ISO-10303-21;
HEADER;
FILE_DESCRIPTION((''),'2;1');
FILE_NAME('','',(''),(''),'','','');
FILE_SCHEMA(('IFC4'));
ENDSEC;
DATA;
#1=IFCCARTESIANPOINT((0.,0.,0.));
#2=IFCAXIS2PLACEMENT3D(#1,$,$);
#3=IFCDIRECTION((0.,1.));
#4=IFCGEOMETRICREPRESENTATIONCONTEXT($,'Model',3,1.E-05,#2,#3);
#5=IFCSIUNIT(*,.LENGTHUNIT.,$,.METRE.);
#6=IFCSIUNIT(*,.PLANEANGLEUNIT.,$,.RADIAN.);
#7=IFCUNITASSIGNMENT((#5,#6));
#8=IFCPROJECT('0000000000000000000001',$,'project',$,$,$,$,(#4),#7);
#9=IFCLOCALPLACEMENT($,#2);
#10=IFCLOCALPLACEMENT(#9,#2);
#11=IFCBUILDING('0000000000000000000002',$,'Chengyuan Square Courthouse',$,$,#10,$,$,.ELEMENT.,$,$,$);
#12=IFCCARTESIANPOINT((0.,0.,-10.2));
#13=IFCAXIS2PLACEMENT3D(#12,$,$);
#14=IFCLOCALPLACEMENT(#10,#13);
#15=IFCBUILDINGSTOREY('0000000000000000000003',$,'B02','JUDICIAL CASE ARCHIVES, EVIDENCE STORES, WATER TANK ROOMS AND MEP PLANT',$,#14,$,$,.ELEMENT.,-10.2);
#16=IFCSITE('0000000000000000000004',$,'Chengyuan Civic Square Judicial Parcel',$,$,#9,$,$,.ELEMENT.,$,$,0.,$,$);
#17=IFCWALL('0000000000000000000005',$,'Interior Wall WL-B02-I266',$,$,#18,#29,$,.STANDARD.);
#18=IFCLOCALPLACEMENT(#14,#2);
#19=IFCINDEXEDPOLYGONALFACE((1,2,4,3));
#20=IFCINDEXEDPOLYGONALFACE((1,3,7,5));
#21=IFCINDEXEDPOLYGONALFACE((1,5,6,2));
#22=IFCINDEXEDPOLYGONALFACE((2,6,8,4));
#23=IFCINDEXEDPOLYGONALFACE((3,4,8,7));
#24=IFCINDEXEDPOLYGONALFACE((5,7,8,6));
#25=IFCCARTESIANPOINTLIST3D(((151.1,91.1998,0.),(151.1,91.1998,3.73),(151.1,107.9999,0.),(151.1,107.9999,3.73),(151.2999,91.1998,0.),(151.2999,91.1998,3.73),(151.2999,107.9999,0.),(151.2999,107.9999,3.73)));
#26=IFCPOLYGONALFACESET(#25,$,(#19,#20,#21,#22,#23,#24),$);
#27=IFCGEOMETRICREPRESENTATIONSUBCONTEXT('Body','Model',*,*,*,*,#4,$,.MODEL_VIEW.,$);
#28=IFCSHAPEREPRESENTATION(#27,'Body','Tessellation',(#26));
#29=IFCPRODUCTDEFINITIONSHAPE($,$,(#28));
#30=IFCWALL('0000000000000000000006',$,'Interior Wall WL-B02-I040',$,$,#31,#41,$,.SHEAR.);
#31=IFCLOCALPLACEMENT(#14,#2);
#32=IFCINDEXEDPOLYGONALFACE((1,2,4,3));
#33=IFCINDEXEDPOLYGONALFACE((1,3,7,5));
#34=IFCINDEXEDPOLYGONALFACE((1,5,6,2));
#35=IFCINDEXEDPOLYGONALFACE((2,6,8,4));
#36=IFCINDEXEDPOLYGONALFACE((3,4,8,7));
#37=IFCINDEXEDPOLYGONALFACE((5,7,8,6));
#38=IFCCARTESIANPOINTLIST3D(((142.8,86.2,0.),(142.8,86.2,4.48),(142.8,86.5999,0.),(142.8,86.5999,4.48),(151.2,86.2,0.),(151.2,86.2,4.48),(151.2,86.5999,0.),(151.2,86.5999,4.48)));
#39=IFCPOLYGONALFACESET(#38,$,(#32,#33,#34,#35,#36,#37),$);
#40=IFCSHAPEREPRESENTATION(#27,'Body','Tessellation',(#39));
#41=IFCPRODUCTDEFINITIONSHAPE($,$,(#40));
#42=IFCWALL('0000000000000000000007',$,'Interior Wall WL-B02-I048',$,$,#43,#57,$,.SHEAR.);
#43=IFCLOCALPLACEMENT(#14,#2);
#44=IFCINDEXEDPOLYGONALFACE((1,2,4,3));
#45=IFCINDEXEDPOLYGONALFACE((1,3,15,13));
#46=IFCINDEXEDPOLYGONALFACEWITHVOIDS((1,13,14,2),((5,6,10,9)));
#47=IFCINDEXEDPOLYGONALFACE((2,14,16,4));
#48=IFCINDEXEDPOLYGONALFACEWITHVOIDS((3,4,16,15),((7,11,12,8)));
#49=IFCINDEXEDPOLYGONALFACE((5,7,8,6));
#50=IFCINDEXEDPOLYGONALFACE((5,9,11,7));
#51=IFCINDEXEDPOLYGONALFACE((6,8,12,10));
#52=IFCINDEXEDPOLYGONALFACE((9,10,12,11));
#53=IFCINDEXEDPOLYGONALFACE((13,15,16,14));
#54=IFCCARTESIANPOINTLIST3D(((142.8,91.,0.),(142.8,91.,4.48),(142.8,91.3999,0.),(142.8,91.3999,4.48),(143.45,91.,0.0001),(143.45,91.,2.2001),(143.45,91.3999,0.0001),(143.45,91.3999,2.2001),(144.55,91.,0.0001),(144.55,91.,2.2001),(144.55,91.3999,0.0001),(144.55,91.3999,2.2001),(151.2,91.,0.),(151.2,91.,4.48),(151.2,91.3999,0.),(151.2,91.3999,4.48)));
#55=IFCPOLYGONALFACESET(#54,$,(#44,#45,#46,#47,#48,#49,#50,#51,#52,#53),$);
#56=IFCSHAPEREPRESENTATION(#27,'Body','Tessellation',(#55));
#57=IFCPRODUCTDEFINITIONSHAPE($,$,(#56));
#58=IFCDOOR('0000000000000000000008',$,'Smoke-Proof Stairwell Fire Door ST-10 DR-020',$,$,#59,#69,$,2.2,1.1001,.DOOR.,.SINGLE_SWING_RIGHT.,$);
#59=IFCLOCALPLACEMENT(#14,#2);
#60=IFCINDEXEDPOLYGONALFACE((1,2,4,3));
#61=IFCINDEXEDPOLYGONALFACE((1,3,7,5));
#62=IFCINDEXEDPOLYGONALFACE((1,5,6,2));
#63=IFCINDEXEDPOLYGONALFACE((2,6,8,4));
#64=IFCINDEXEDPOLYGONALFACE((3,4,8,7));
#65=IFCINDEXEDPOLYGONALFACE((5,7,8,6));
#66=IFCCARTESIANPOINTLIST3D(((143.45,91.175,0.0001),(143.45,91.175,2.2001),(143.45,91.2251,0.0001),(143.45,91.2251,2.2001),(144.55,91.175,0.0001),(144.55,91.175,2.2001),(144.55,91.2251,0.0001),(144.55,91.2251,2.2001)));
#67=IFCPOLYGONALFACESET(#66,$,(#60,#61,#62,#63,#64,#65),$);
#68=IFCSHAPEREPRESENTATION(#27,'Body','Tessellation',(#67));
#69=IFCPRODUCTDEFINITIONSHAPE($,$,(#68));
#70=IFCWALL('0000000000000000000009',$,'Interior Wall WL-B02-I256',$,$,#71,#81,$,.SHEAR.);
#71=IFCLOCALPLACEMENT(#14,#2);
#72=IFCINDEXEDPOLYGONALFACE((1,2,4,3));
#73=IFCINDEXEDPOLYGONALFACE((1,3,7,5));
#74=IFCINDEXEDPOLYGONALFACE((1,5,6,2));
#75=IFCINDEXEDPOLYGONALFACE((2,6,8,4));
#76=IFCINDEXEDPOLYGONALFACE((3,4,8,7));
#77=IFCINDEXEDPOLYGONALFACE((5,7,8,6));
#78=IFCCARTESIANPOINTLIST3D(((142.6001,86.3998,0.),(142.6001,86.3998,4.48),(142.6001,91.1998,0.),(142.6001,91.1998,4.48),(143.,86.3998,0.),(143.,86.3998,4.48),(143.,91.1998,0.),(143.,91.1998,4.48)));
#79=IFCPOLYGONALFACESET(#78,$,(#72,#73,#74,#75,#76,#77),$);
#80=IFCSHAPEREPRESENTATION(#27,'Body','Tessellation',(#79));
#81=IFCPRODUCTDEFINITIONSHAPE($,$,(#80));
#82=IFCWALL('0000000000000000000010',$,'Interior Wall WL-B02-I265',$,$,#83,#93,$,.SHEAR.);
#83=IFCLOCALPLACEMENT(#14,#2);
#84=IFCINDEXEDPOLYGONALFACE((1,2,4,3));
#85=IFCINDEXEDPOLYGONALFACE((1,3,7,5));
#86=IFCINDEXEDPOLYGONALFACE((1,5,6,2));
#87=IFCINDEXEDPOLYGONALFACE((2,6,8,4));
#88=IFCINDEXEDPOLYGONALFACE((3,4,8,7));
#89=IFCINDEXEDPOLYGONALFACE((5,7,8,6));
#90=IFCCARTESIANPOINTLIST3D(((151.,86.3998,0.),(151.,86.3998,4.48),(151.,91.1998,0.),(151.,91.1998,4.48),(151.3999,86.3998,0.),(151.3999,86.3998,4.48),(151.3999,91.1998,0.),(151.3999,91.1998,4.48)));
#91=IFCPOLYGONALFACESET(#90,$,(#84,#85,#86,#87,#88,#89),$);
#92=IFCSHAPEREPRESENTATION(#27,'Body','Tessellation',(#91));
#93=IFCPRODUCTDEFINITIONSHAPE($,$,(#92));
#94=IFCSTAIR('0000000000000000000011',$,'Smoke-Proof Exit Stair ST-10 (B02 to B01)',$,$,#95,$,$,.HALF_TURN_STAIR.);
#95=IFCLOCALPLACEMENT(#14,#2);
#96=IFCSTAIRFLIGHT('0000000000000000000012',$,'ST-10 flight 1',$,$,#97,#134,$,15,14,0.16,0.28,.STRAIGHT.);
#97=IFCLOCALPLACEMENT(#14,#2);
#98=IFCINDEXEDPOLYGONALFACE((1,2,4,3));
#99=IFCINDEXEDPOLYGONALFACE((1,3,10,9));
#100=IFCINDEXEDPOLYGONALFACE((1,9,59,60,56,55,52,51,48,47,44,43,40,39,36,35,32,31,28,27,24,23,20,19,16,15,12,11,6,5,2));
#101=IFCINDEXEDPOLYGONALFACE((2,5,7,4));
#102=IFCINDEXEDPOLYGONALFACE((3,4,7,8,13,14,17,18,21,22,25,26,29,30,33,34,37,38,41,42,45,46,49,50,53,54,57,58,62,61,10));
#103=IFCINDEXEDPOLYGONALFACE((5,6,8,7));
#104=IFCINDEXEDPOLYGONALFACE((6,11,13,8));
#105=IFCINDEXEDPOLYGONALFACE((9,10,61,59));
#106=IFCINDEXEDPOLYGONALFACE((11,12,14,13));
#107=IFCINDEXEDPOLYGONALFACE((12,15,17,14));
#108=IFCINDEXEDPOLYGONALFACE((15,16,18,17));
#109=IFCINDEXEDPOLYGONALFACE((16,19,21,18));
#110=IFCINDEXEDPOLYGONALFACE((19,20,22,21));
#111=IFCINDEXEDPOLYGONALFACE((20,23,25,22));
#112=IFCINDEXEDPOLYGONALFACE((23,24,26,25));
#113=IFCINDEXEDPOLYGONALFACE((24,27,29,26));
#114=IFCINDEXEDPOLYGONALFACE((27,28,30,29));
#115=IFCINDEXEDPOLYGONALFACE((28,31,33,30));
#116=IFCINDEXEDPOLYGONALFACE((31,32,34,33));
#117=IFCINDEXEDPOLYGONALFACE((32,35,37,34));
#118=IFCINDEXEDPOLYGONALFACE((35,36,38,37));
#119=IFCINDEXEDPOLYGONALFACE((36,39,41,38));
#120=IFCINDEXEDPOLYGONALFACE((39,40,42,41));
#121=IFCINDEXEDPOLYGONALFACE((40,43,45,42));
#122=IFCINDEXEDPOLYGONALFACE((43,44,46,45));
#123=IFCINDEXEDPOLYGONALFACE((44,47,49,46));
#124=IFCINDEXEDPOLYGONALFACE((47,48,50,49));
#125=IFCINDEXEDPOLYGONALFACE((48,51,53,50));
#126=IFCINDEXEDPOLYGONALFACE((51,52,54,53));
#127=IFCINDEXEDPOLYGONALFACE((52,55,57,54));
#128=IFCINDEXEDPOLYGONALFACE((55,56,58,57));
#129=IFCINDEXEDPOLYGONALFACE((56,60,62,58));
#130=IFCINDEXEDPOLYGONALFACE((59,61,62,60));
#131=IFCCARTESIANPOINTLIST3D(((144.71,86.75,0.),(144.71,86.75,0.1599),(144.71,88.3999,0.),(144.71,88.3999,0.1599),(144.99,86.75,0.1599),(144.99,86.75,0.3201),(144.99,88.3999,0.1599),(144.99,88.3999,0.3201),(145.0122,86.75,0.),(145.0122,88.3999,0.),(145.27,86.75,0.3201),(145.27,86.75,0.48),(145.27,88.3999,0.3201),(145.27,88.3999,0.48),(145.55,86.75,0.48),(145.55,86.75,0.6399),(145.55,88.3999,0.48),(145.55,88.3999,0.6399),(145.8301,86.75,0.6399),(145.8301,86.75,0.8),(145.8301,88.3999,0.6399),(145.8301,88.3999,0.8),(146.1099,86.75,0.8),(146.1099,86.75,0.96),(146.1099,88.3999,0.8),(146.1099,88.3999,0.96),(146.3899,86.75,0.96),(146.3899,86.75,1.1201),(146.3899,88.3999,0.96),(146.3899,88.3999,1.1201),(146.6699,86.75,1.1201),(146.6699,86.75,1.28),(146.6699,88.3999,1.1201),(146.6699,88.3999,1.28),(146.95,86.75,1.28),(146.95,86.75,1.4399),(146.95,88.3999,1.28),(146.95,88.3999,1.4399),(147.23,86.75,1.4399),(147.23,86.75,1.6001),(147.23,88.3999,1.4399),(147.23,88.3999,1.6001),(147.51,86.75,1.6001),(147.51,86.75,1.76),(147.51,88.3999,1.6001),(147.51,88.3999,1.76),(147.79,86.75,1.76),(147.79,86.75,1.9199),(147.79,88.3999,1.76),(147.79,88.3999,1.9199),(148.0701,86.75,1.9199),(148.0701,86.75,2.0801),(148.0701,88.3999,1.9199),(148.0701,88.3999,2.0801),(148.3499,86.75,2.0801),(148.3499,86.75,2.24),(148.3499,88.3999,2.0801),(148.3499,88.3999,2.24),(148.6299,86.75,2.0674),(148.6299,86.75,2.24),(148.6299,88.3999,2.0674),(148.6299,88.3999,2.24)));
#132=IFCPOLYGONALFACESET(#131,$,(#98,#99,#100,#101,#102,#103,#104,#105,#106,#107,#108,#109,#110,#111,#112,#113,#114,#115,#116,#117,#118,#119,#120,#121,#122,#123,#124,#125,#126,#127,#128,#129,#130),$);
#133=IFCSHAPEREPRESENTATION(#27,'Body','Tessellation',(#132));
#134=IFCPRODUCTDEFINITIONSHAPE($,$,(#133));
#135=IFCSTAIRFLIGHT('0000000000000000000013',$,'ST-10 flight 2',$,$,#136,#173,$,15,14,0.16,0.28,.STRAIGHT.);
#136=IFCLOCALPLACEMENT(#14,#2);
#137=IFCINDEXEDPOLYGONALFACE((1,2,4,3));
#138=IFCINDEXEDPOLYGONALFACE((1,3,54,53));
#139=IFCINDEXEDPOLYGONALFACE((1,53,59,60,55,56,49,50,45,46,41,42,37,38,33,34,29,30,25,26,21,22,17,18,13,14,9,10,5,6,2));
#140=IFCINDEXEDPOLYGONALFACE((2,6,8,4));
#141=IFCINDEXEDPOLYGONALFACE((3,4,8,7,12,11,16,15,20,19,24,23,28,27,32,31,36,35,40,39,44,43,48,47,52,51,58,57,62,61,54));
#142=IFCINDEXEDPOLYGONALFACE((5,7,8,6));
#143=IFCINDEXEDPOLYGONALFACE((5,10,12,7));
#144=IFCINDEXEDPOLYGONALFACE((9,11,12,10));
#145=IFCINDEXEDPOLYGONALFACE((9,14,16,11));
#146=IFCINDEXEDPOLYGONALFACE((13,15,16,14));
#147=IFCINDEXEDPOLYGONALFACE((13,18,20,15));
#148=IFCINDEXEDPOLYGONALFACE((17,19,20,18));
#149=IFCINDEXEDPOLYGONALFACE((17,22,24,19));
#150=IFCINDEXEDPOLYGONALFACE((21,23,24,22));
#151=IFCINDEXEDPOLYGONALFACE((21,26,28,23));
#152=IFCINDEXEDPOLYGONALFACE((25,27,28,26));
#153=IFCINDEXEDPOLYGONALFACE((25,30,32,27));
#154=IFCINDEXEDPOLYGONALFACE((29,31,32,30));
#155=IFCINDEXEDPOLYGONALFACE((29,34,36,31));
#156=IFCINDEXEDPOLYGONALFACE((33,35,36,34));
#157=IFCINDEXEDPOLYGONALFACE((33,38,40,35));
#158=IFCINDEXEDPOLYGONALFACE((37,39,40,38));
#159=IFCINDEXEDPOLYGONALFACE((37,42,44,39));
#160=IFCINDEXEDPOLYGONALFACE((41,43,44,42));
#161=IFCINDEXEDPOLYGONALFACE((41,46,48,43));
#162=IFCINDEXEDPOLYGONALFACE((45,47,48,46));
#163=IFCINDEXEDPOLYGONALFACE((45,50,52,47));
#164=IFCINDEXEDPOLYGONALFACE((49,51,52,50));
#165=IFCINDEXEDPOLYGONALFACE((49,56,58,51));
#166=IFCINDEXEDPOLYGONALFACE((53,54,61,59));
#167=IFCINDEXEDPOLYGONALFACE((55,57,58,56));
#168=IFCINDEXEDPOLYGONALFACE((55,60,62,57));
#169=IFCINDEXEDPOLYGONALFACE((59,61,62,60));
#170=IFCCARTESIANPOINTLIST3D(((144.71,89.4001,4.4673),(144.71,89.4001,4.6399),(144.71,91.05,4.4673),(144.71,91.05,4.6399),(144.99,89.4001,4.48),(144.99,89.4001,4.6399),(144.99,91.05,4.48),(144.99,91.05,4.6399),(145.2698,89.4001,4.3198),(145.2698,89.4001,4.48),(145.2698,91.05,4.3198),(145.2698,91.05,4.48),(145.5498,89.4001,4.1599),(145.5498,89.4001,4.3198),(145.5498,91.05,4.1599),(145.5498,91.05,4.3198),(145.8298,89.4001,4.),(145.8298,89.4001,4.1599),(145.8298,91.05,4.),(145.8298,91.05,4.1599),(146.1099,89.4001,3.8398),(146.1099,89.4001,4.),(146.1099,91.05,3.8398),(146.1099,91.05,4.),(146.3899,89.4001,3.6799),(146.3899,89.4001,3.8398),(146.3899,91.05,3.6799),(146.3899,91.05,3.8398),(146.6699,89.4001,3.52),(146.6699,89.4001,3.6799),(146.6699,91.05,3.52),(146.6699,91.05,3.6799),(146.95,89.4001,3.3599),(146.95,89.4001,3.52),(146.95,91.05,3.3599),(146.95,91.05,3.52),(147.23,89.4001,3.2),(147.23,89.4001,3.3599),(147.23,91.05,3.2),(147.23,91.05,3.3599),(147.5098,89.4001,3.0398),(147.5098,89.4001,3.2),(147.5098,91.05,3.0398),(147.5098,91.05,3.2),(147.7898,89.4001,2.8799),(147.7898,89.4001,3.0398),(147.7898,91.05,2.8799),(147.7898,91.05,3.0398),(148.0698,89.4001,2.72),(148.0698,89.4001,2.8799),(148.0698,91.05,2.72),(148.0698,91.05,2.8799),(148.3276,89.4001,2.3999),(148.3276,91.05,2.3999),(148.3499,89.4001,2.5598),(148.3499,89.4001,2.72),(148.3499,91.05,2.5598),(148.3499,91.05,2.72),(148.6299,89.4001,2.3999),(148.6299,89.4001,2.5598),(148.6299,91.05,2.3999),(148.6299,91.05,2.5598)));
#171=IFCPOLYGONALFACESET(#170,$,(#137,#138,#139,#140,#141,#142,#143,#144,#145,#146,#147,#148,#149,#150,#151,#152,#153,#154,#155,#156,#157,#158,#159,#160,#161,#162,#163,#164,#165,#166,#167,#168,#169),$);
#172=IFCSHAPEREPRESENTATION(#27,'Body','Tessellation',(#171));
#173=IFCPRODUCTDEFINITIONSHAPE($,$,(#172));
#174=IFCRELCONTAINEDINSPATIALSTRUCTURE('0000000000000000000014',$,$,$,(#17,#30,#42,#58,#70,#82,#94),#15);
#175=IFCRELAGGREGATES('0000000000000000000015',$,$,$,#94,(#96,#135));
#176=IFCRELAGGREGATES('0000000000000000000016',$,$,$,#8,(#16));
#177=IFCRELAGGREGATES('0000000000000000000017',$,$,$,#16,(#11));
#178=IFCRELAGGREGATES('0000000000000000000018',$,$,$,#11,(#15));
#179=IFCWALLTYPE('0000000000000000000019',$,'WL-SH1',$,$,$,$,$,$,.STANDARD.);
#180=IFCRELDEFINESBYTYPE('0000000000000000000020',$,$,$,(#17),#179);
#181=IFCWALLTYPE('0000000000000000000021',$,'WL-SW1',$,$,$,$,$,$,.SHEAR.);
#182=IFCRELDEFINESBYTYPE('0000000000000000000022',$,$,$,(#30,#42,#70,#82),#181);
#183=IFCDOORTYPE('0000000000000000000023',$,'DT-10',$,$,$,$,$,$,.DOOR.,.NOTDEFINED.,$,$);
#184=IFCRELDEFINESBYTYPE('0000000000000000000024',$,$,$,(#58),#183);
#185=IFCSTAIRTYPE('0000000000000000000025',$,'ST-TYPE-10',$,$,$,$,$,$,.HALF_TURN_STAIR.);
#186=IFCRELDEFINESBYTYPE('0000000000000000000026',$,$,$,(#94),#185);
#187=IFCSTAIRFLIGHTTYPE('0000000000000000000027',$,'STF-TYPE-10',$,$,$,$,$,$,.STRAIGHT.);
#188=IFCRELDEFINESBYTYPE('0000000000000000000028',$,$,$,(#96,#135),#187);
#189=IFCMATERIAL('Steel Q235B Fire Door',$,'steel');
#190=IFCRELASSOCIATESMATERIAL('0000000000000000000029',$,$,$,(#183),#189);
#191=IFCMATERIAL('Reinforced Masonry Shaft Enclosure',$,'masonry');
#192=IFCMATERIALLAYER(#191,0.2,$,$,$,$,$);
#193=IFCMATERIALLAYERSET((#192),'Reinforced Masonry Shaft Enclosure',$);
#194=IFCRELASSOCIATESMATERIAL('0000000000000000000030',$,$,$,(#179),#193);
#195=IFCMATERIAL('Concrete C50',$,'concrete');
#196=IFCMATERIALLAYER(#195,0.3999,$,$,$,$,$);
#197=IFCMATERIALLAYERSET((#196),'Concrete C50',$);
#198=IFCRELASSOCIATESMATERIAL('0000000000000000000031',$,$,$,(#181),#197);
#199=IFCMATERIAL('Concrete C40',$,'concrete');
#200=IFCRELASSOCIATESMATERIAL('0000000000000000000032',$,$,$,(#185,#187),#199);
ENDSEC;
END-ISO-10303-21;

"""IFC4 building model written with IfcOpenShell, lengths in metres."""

from ifc_helpers import new_model, si_unit, direction, frame, frame_2d, origin, place, context, subcontext, project, spatial, polyline, rectangle, outline, extrude, material, layer, layer_set, type_object, element, fill, aggregate, save


model = new_model("IFC4")

# Units and contexts
model_context = context("Model", 3, precision=1e-05, world=origin(), true_north=direction((0.0, 1.0)))
body_context = subcontext(model_context, "Body", "Model", "MODEL_VIEW")
ifc_project = project(units=[si_unit("LENGTHUNIT", "METRE"), si_unit("PLANEANGLEUNIT", "RADIAN")], contexts=[model_context])

# Site, building, storey
site_placement = place(None, origin())
site = spatial("IfcSite", under=ifc_project, at=site_placement, Name="Chengyuan Civic Square Judicial Parcel", CompositionType="ELEMENT", RefElevation=0.0)
building_placement = place(site_placement, origin())
building = spatial("IfcBuilding", under=site, at=building_placement, Name="Chengyuan Square Courthouse", CompositionType="ELEMENT")
storey_placement = place(building_placement, frame((0.0, 0.0, -10.2)))
storey = spatial("IfcBuildingStorey", under=building, at=storey_placement, Name="B02", Description="JUDICIAL CASE ARCHIVES, EVIDENCE STORES, WATER TANK ROOMS AND MEP PLANT", CompositionType="ELEMENT", Elevation=-10.2)

# Shared definitions
ifc_material_1 = material(Name="Concrete C40", Category="concrete")

# Shared definitions
ifc_material_2 = material(Name="Concrete C50", Category="concrete")

# Shared definitions
ifc_material_3 = material(Name="Steel Q235B Fire Door", Category="steel")
door_type = type_object("IfcDoorType", Name="DT-10", OperationType="NOTDEFINED", PredefinedType="DOOR", material=ifc_material_3)

# Walls
ifc_material_4 = material(Name="Reinforced Masonry Shaft Enclosure", Category="masonry")
ifc_layer_1 = layer(ifc_material_4, 0.2)
ifc_layer_set_1 = layer_set([ifc_layer_1], Name="Reinforced Masonry Shaft Enclosure")
wall_type_1 = type_object("IfcWallType", Name="WL-SH1", PredefinedType="STANDARD", material=ifc_layer_set_1)
wall_1_placement = place(storey_placement, frame((151.2, 91.2, 0.0), z_axis=(0.0, 0.0, 1.0), x_axis=(0.0, 1.0, 0.0)))
element("IfcWall", 1, at=wall_1_placement, inside=storey, type_object=wall_type_1, Name="Interior Wall WL-B02-I266", PredefinedType="STANDARD", context=body_context, shape_type="SweptSolid", body=[
    extrude(rectangle(XDim=16.8, YDim=0.2, at=frame_2d((8.3999, 0.0))), origin(), (0.0, 0.0, 1.0), 3.73),
])
ifc_layer_2 = layer(ifc_material_2, 0.3999)
ifc_layer_set_2 = layer_set([ifc_layer_2], Name="Concrete C50")
wall_type_2 = type_object("IfcWallType", Name="WL-SW1", PredefinedType="SHEAR", material=ifc_layer_set_2)
wall_2_placement = place(storey_placement, frame((142.8, 86.3999, 0.0), z_axis=(0.0, 0.0, 1.0), x_axis=(1.0, 0.0, 0.0)))
element("IfcWall", 2, at=wall_2_placement, inside=storey, type_object=wall_type_2, Name="Interior Wall WL-B02-I040", PredefinedType="SHEAR", context=body_context, shape_type="SweptSolid", body=[
    extrude(rectangle(XDim=8.3999, YDim=0.3999, at=frame_2d((4.2, 0.0))), origin(), (0.0, 0.0, 1.0), 4.48),
])

# Wall, opening, door
wall_3_placement = place(storey_placement, frame((142.8, 91.2, 0.0), z_axis=(0.0, 0.0, 1.0), x_axis=(1.0, 0.0, 0.0)))
wall_3 = element("IfcWall", 3, at=wall_3_placement, inside=storey, type_object=wall_type_2, Name="Interior Wall WL-B02-I048", PredefinedType="SHEAR", context=body_context, shape_type="SweptSolid", body=[
    extrude(rectangle(XDim=8.3999, YDim=0.3999, at=frame_2d((4.2, 0.0))), origin(), (0.0, 0.0, 1.0), 4.48),
])
opening_1_placement = place(wall_3_placement, frame((0.6499, 0.0, 0.0)))
opening_1 = element("IfcOpeningElement", 4, at=opening_1_placement, cuts=wall_3, PredefinedType="OPENING", context=body_context, shape_type="SweptSolid", body=[
    extrude(rectangle(XDim=1.1001, YDim=2.2, at=frame_2d((0.55, 1.1001))), frame((0.0, 0.2119, 0.0), z_axis=(0.0, -1.0, 0.0), x_axis=(1.0, 0.0, 0.0)), (0.0, 0.0, 1.0), 0.4238),
])
door_1_placement = place(opening_1_placement, frame((1.1001, 0.0, 0.0), z_axis=(0.0, 0.0, 1.0), x_axis=(-1.0, 0.0, 0.0)))
door_1 = element("IfcDoor", 5, at=door_1_placement, inside=storey, type_object=door_type, Name="Smoke-Proof Stairwell Fire Door ST-10 DR-020", OperationType="SINGLE_SWING_RIGHT", OverallHeight=2.2, OverallWidth=1.1001, PredefinedType="DOOR", context=body_context, shape_type="SweptSolid", body=[
    extrude(rectangle(XDim=1.1001, YDim=2.2, at=frame_2d((0.55, 1.1001))), frame((0.0, 0.0249, 0.0), z_axis=(0.0, -1.0, 0.0), x_axis=(1.0, 0.0, 0.0)), (0.0, 0.0, 1.0), 0.05),
])
fill(opening_1, door_1)

# Walls
for number, where, z_axis, x_axis, name in (
    (6, (142.8, 86.3999, 0.0), (0.0, 0.0, 1.0), (0.0, 1.0, 0.0), "Interior Wall WL-B02-I256"),
    (7, (151.2, 86.3999, 0.0), (0.0, 0.0, 1.0), (0.0, 1.0, 0.0), "Interior Wall WL-B02-I265"),
):
    element("IfcWall", number, at=place(storey_placement, frame(where, z_axis=z_axis, x_axis=x_axis)), inside=storey, type_object=wall_type_2, Name=name, PredefinedType="SHEAR", context=body_context, shape_type="SweptSolid", body=[
        extrude(rectangle(XDim=4.8, YDim=0.3999, at=frame_2d((2.3999, 0.0))), origin(), (0.0, 0.0, 1.0), 4.48),
    ])

# Stair, stair flights
stair_type = type_object("IfcStairType", Name="ST-TYPE-10", PredefinedType="HALF_TURN_STAIR", material=ifc_material_1)
stair_placement = place(storey_placement, origin())
stair = element("IfcStair", 8, at=stair_placement, inside=storey, type_object=stair_type, Name="Smoke-Proof Exit Stair ST-10 (B02 to B01)", PredefinedType="HALF_TURN_STAIR")
stair_flight_type = type_object("IfcStairFlightType", Name="STF-TYPE-10", PredefinedType="STRAIGHT", material=ifc_material_1)
stair_flight_1_placement = place(storey_placement, frame((144.71, 87.575, 0.0), z_axis=(0.0, 0.0, 1.0), x_axis=(1.0, 0.0, 0.0)))
stair_flight_1 = element("IfcStairFlight", 9, at=stair_flight_1_placement, type_object=stair_flight_type, Name="ST-10 flight 1", NumberOfRisers=15, NumberOfTreads=14, PredefinedType="STRAIGHT", RiserHeight=0.16, TreadLength=0.28, context=body_context, shape_type="SweptSolid", body=[
    extrude(outline(polyline([(0.0, 0.0), (0.0, 0.1599), (0.28, 0.1599), (0.28, 0.3201), (0.5601, 0.3201), (0.5601, 0.48), (0.8401, 0.48), (0.8401, 0.6399), (1.1201, 0.6399), (1.1201, 0.8), (1.3999, 0.8), (1.3999, 0.96), (1.6799, 0.96), (1.6799, 1.1201), (1.96, 1.1201), (1.96, 1.28), (2.24, 1.28), (2.24, 1.4399), (2.52, 1.4399), (2.52, 1.6001), (2.8, 1.6001), (2.8, 1.76), (3.0801, 1.76), (3.0801, 1.9199), (3.3601, 1.9199), (3.3601, 2.0801), (3.6399, 2.0801), (3.6399, 2.24), (3.9199, 2.24), (3.9199, 2.3999), (3.9199, 2.0674), (0.3022, 0.0), (0.0, 0.0)])), frame((0.0, 0.825, 0.0), z_axis=(0.0, -1.0, 0.0), x_axis=(1.0, 0.0, 0.0)), (0.0, 0.0, 1.0), 1.6499),
])
stair_flight_2_placement = place(storey_placement, frame((148.6299, 90.2251, 2.3999), z_axis=(0.0, 0.0, 1.0), x_axis=(-1.0, 0.0, 0.0)))
stair_flight_2 = element("IfcStairFlight", 10, at=stair_flight_2_placement, type_object=stair_flight_type, Name="ST-10 flight 2", NumberOfRisers=15, NumberOfTreads=14, PredefinedType="STRAIGHT", RiserHeight=0.16, TreadLength=0.28, context=body_context, shape_type="SweptSolid", body=[
    extrude(outline(polyline([(0.0, 0.0), (0.0, 0.1599), (0.28, 0.1599), (0.28, 0.3201), (0.5601, 0.3201), (0.5601, 0.48), (0.8401, 0.48), (0.8401, 0.6399), (1.1201, 0.6399), (1.1201, 0.8), (1.3999, 0.8), (1.3999, 0.96), (1.6799, 0.96), (1.6799, 1.1201), (1.96, 1.1201), (1.96, 1.28), (2.24, 1.28), (2.24, 1.4399), (2.52, 1.4399), (2.52, 1.6001), (2.8, 1.6001), (2.8, 1.76), (3.0801, 1.76), (3.0801, 1.9199), (3.3601, 1.9199), (3.3601, 2.0801), (3.6399, 2.0801), (3.6399, 2.24), (3.9199, 2.24), (3.9199, 2.3999), (3.9199, 2.0674), (0.3022, 0.0), (0.0, 0.0)])), frame((0.0, 0.825, 0.0), z_axis=(0.0, -1.0, 0.0), x_axis=(1.0, 0.0, 0.0)), (0.0, 0.0, 1.0), 1.6499),
])
aggregate(stair, [stair_flight_1, stair_flight_2])

save(model, "model.ifc")
